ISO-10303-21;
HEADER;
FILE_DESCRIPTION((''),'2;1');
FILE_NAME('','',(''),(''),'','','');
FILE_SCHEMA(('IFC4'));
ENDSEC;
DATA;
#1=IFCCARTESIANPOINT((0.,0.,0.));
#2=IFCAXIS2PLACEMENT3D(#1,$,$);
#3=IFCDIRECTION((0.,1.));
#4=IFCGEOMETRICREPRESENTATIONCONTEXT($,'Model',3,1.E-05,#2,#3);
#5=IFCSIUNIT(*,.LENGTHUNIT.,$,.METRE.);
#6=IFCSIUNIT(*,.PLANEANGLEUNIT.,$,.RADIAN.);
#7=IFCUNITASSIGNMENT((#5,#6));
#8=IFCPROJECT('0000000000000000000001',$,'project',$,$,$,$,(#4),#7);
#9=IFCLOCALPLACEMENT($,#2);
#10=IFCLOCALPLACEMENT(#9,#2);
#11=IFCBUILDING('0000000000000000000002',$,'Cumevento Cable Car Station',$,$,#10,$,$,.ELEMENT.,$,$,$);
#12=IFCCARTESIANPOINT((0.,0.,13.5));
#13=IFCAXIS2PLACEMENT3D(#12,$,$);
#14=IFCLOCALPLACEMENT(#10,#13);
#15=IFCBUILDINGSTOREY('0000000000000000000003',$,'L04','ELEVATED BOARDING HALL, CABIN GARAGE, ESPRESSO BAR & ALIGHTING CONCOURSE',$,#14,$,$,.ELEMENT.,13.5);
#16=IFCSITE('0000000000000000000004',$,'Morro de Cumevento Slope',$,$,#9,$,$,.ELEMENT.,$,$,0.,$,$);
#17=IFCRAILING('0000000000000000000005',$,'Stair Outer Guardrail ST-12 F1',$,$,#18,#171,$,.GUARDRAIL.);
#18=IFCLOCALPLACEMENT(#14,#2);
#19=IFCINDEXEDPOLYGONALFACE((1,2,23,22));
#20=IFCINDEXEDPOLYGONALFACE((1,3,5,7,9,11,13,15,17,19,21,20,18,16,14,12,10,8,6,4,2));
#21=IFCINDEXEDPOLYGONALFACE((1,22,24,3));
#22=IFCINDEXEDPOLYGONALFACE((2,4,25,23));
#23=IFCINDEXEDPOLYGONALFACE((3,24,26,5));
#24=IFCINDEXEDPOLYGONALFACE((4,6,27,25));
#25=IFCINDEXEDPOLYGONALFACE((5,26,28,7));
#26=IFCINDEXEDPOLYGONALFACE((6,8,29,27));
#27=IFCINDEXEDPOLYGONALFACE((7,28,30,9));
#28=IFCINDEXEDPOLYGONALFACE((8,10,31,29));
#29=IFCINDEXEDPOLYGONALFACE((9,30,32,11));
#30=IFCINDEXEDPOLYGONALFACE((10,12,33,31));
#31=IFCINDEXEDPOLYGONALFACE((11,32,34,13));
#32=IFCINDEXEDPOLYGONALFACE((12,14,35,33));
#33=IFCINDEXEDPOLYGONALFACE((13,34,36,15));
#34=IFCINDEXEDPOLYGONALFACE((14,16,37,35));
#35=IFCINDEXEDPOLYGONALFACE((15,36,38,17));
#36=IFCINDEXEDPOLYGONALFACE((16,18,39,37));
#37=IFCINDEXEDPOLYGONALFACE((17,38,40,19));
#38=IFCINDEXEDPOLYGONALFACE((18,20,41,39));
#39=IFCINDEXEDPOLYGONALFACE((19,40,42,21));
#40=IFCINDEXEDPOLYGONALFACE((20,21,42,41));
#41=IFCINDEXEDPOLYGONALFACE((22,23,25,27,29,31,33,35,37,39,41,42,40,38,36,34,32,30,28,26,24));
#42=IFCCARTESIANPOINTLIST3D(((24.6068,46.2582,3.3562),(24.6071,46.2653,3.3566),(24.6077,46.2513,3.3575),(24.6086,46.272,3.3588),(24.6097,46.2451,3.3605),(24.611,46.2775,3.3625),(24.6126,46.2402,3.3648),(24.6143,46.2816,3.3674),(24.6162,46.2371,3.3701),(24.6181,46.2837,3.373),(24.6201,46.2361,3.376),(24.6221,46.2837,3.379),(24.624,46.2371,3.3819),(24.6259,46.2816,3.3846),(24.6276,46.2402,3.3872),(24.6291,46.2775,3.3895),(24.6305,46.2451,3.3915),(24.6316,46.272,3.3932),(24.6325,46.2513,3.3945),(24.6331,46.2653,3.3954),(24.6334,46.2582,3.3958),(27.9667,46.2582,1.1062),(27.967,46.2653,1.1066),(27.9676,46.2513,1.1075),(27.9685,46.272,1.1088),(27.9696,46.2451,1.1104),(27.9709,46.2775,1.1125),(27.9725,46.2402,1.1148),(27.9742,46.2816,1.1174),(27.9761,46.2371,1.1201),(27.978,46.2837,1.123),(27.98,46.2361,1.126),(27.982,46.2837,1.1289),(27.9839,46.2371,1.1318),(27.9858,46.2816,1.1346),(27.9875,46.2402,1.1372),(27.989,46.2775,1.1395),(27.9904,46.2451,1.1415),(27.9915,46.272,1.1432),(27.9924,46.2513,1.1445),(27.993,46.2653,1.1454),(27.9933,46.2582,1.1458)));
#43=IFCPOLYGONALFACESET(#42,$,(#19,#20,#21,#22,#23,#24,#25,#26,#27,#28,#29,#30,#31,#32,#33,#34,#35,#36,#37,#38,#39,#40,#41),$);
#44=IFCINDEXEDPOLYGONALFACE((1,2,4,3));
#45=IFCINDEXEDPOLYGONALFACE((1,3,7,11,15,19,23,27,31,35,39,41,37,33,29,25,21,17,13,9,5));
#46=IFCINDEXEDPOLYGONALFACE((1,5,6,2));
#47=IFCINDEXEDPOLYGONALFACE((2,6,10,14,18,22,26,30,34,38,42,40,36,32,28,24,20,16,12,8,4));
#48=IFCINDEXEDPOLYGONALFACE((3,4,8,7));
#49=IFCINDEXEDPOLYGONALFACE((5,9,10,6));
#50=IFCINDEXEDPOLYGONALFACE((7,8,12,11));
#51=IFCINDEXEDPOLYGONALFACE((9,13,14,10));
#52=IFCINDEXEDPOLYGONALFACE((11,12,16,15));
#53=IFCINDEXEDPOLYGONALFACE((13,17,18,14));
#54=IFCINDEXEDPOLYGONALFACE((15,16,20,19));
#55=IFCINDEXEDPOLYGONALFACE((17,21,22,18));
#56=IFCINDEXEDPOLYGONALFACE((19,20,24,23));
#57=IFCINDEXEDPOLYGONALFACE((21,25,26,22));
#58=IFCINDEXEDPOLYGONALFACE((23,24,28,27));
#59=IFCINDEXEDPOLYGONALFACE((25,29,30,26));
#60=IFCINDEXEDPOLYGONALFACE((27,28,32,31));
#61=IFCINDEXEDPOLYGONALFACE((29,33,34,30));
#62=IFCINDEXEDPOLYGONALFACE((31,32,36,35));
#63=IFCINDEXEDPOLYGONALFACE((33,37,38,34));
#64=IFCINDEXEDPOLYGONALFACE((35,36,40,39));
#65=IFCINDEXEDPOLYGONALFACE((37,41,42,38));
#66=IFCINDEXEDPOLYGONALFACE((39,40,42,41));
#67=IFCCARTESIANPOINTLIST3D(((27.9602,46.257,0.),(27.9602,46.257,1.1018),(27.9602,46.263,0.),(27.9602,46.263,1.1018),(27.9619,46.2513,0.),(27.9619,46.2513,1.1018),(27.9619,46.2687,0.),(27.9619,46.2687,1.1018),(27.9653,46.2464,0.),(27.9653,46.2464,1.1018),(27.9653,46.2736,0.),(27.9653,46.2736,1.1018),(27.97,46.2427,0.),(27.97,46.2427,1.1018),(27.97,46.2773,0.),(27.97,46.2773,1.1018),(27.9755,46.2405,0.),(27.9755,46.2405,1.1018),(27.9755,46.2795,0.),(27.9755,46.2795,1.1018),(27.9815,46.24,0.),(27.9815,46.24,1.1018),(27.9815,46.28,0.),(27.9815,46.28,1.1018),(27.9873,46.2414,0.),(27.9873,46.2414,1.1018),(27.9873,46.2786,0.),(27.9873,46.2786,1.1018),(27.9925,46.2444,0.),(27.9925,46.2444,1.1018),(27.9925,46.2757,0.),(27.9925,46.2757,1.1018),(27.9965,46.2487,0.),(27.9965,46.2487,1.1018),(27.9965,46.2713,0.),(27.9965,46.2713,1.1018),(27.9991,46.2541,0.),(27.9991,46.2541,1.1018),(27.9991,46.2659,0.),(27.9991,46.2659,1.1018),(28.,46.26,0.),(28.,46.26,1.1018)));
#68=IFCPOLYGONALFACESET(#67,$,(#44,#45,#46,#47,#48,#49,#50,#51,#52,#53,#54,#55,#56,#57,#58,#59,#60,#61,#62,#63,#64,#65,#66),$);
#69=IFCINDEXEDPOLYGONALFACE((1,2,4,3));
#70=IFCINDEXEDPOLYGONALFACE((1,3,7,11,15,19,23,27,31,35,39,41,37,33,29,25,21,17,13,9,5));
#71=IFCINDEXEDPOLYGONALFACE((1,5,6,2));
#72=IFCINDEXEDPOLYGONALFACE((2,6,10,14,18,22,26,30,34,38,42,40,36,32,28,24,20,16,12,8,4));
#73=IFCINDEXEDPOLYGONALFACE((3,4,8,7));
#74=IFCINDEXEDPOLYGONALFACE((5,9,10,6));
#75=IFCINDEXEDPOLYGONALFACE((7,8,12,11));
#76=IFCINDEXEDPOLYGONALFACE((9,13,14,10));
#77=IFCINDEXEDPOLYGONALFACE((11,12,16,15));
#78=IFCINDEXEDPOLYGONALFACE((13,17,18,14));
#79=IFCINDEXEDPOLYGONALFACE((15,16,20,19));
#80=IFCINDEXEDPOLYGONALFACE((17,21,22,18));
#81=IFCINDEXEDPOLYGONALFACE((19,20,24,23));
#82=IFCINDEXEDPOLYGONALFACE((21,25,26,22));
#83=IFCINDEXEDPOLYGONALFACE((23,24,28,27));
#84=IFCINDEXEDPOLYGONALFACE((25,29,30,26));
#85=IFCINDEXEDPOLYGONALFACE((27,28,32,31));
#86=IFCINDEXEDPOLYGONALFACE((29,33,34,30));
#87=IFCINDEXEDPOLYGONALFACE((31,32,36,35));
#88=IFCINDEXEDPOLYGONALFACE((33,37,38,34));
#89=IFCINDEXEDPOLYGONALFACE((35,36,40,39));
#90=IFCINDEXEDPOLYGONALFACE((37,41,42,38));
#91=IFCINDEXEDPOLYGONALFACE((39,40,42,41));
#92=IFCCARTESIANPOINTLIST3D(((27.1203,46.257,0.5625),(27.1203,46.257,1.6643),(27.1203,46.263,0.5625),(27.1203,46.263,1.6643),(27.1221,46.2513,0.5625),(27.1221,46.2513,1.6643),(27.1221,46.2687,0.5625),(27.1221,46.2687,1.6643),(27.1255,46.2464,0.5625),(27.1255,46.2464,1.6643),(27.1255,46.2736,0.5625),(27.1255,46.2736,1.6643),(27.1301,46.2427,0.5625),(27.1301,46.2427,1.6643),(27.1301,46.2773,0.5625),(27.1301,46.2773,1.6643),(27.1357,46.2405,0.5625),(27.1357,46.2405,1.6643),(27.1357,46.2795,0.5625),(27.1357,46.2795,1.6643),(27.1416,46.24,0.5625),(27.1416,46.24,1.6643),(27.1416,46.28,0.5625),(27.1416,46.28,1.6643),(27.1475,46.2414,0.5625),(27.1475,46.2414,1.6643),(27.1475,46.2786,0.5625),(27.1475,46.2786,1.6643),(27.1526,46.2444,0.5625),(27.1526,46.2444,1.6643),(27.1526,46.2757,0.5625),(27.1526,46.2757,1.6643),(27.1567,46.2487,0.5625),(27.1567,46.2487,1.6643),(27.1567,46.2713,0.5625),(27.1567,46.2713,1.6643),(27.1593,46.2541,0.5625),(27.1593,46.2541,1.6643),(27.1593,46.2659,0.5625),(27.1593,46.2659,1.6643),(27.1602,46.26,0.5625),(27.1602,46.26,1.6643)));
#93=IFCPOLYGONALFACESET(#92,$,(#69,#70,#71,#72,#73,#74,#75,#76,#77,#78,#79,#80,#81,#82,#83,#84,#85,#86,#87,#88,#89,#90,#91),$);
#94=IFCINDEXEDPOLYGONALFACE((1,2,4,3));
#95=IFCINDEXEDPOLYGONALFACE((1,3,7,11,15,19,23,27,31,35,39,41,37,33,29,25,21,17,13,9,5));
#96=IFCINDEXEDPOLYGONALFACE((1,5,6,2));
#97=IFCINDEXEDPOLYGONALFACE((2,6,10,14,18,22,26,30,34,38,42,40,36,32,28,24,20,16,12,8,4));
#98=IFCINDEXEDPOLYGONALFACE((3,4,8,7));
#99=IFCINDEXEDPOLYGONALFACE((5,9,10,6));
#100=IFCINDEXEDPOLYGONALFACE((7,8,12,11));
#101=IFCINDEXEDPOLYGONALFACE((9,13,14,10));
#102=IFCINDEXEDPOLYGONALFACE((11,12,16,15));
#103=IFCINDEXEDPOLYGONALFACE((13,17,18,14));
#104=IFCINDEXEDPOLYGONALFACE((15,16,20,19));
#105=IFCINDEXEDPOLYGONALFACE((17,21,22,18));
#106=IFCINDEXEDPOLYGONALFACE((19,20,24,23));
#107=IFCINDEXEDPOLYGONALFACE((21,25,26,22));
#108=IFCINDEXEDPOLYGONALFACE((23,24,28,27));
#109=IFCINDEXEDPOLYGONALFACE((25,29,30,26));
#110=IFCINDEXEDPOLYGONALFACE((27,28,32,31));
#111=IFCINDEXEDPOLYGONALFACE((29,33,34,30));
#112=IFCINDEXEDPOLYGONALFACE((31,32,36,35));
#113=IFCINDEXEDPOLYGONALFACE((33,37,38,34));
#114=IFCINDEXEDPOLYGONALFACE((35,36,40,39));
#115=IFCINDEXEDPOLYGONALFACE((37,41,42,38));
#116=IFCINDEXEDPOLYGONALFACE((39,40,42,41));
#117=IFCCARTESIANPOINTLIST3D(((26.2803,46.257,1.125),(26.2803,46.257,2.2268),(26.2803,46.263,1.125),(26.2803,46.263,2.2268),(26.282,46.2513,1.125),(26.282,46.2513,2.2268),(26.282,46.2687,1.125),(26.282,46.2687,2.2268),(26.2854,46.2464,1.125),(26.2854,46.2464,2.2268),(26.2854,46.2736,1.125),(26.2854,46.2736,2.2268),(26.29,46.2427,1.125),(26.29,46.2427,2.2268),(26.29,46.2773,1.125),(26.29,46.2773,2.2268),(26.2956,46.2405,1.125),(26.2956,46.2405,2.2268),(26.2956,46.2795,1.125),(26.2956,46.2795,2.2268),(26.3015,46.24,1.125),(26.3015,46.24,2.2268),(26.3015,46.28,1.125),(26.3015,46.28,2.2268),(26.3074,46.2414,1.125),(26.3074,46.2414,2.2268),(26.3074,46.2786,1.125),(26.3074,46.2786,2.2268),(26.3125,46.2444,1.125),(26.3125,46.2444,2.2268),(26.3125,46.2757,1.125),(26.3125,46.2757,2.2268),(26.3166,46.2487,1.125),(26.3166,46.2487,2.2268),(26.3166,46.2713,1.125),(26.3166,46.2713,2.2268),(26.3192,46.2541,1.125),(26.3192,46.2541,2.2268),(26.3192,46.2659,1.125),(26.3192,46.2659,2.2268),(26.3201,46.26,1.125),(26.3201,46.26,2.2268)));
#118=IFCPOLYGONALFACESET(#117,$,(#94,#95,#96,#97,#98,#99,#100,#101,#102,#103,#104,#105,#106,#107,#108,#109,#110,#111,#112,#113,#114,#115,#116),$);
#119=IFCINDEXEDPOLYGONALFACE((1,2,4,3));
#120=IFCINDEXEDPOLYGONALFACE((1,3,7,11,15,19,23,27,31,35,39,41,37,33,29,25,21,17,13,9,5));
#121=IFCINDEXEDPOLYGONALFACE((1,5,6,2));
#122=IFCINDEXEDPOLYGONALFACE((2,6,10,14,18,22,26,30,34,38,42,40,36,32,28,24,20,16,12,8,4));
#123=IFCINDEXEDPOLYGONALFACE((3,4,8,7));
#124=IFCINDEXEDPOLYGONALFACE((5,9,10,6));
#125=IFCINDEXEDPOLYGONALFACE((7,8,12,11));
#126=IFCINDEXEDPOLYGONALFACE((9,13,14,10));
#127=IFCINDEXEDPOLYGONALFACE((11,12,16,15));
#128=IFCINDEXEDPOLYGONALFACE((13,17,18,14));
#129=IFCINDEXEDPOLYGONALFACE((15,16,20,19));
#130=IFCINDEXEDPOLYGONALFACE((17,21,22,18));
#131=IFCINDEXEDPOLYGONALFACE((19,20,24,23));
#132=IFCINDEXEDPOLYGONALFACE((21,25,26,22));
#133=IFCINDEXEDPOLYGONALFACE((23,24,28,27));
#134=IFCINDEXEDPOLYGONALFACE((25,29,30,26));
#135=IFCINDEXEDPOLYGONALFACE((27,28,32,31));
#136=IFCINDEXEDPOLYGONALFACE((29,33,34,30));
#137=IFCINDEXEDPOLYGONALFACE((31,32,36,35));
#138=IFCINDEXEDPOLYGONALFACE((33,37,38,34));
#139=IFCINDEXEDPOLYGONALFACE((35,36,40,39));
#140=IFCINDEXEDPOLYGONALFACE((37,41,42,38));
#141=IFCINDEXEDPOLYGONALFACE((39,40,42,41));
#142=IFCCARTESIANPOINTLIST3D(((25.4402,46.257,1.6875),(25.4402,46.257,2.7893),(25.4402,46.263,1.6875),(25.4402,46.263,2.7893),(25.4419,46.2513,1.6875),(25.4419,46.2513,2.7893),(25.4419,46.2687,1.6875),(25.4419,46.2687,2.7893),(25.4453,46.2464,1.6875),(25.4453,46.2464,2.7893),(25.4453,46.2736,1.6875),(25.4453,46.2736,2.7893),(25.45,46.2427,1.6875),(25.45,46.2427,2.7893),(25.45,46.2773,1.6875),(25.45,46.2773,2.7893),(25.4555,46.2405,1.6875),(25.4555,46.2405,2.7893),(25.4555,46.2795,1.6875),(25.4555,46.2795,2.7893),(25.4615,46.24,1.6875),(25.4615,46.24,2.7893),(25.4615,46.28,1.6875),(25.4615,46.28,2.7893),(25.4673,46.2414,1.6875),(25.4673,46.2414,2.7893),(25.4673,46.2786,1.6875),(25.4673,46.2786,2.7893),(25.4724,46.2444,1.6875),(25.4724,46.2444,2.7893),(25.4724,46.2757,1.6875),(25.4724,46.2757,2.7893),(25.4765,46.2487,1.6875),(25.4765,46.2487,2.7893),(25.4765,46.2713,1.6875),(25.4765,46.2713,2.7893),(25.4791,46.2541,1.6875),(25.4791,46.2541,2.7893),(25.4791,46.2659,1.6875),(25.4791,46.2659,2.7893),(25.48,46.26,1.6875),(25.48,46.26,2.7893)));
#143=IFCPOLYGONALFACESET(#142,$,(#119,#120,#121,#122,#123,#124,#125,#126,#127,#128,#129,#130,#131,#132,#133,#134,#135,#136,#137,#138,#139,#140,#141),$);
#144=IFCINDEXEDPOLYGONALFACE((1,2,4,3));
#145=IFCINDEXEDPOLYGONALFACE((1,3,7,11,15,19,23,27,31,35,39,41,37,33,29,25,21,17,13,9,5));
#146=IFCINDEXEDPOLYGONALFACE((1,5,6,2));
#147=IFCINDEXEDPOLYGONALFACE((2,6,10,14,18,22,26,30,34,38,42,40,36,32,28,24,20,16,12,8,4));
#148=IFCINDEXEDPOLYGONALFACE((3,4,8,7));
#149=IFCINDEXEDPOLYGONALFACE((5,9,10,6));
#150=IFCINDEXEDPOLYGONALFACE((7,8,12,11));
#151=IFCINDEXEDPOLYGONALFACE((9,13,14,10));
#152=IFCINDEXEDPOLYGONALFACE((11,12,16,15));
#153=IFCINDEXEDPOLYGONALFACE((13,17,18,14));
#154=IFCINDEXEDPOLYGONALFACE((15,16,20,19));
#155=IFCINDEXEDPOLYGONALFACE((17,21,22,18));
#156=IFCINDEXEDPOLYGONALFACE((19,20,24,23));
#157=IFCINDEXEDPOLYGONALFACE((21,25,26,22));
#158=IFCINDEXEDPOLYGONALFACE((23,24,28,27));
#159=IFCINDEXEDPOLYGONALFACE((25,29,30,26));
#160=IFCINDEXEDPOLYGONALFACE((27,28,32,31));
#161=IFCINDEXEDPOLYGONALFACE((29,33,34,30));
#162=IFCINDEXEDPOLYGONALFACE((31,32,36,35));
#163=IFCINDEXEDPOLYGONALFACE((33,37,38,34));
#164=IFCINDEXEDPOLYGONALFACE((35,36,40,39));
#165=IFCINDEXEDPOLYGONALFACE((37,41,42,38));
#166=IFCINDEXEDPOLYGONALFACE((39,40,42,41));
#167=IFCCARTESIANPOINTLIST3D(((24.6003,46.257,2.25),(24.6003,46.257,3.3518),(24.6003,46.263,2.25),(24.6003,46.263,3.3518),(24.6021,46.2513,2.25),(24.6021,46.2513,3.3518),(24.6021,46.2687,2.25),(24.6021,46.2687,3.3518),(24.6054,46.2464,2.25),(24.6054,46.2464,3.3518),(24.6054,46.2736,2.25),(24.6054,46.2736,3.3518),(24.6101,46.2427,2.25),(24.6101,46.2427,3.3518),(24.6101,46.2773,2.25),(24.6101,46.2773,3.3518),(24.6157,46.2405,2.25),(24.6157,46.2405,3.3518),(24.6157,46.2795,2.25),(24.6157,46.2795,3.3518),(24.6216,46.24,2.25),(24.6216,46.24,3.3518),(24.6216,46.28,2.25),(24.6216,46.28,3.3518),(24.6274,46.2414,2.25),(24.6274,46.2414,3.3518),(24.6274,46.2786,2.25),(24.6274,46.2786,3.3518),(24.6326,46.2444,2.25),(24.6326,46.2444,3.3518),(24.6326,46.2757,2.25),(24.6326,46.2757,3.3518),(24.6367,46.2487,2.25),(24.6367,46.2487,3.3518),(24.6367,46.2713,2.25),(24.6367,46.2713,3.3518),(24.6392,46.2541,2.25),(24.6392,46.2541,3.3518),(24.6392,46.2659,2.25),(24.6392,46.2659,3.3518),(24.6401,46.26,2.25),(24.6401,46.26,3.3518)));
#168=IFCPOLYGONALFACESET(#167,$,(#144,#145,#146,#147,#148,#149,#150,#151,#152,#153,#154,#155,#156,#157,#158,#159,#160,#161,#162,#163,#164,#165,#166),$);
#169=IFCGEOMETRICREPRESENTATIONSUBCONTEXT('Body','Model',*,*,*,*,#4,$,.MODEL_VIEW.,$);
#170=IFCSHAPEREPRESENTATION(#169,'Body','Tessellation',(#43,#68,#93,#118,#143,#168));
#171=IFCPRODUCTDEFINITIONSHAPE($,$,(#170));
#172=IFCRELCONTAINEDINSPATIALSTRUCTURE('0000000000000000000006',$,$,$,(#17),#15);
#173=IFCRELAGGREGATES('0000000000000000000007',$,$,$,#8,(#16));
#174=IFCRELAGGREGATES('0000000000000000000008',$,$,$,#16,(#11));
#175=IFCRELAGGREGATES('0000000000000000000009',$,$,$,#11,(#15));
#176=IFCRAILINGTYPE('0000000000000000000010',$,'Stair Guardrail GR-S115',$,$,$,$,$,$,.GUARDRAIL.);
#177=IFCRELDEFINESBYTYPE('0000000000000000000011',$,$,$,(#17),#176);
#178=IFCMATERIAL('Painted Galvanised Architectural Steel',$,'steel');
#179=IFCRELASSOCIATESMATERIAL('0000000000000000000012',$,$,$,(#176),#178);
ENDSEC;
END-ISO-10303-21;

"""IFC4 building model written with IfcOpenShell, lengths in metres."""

from ifc_helpers import new_model, si_unit, direction, frame, origin, origin_2d, place, context, subcontext, project, spatial, circle, extrude, material, type_object, element, save


model = new_model("IFC4")

# Units and contexts
model_context = context("Model", 3, precision=1e-05, world=origin(), true_north=direction((0.0, 1.0)))
body_context = subcontext(model_context, "Body", "Model", "MODEL_VIEW")
ifc_project = project(units=[si_unit("LENGTHUNIT", "METRE"), si_unit("PLANEANGLEUNIT", "RADIAN")], contexts=[model_context])

# Site, building, storey
site_placement = place(None, origin())
site = spatial("IfcSite", under=ifc_project, at=site_placement, Name="Morro de Cumevento Slope", CompositionType="ELEMENT", RefElevation=0.0)
building_placement = place(site_placement, origin())
building = spatial("IfcBuilding", under=site, at=building_placement, Name="Cumevento Cable Car Station", CompositionType="ELEMENT")
storey_placement = place(building_placement, frame((0.0, 0.0, 13.5)))
storey = spatial("IfcBuildingStorey", under=building, at=storey_placement, Name="L04", Description="ELEVATED BOARDING HALL, CABIN GARAGE, ESPRESSO BAR & ALIGHTING CONCOURSE", CompositionType="ELEMENT", Elevation=13.5)

# Railing
ifc_material_1 = material(Name="Painted Galvanised Architectural Steel", Category="steel")
railing_type_1 = type_object("IfcRailingType", Name="Stair Guardrail GR-S115", PredefinedType="GUARDRAIL", material=ifc_material_1)
railing_1_placement = place(storey_placement, frame((27.98, 46.26, 0.0)))
element("IfcRailing", 1, at=railing_1_placement, inside=storey, type_object=railing_type_1, Name="Stair Outer Guardrail ST-12 F1", PredefinedType="GUARDRAIL", context=body_context, shape_type="SweptSolid", body=[
    extrude(circle(Radius=0.0239, at=origin_2d()), frame((0.0, 0.0, 1.126), z_axis=(-0.830897, 0.0, 0.556427), x_axis=(0.0, -1.0, 0.0)), (0.0, 0.0, 1.0), 4.0437),
    extrude(circle(Radius=0.02, at=origin_2d()), origin(), (0.0, 0.0, 1.0), 1.1018),
    extrude(circle(Radius=0.02, at=origin_2d()), frame((-0.8398, 0.0, 0.5625)), (0.0, 0.0, 1.0), 1.1018),
    extrude(circle(Radius=0.02, at=origin_2d()), frame((-1.6799, 0.0, 1.125)), (0.0, 0.0, 1.0), 1.1018),
    extrude(circle(Radius=0.02, at=origin_2d()), frame((-2.52, 0.0, 1.6875)), (0.0, 0.0, 1.0), 1.1018),
    extrude(circle(Radius=0.02, at=origin_2d()), frame((-3.3599, 0.0, 2.25)), (0.0, 0.0, 1.0), 1.1018),
])

save(model, "model.ifc")
